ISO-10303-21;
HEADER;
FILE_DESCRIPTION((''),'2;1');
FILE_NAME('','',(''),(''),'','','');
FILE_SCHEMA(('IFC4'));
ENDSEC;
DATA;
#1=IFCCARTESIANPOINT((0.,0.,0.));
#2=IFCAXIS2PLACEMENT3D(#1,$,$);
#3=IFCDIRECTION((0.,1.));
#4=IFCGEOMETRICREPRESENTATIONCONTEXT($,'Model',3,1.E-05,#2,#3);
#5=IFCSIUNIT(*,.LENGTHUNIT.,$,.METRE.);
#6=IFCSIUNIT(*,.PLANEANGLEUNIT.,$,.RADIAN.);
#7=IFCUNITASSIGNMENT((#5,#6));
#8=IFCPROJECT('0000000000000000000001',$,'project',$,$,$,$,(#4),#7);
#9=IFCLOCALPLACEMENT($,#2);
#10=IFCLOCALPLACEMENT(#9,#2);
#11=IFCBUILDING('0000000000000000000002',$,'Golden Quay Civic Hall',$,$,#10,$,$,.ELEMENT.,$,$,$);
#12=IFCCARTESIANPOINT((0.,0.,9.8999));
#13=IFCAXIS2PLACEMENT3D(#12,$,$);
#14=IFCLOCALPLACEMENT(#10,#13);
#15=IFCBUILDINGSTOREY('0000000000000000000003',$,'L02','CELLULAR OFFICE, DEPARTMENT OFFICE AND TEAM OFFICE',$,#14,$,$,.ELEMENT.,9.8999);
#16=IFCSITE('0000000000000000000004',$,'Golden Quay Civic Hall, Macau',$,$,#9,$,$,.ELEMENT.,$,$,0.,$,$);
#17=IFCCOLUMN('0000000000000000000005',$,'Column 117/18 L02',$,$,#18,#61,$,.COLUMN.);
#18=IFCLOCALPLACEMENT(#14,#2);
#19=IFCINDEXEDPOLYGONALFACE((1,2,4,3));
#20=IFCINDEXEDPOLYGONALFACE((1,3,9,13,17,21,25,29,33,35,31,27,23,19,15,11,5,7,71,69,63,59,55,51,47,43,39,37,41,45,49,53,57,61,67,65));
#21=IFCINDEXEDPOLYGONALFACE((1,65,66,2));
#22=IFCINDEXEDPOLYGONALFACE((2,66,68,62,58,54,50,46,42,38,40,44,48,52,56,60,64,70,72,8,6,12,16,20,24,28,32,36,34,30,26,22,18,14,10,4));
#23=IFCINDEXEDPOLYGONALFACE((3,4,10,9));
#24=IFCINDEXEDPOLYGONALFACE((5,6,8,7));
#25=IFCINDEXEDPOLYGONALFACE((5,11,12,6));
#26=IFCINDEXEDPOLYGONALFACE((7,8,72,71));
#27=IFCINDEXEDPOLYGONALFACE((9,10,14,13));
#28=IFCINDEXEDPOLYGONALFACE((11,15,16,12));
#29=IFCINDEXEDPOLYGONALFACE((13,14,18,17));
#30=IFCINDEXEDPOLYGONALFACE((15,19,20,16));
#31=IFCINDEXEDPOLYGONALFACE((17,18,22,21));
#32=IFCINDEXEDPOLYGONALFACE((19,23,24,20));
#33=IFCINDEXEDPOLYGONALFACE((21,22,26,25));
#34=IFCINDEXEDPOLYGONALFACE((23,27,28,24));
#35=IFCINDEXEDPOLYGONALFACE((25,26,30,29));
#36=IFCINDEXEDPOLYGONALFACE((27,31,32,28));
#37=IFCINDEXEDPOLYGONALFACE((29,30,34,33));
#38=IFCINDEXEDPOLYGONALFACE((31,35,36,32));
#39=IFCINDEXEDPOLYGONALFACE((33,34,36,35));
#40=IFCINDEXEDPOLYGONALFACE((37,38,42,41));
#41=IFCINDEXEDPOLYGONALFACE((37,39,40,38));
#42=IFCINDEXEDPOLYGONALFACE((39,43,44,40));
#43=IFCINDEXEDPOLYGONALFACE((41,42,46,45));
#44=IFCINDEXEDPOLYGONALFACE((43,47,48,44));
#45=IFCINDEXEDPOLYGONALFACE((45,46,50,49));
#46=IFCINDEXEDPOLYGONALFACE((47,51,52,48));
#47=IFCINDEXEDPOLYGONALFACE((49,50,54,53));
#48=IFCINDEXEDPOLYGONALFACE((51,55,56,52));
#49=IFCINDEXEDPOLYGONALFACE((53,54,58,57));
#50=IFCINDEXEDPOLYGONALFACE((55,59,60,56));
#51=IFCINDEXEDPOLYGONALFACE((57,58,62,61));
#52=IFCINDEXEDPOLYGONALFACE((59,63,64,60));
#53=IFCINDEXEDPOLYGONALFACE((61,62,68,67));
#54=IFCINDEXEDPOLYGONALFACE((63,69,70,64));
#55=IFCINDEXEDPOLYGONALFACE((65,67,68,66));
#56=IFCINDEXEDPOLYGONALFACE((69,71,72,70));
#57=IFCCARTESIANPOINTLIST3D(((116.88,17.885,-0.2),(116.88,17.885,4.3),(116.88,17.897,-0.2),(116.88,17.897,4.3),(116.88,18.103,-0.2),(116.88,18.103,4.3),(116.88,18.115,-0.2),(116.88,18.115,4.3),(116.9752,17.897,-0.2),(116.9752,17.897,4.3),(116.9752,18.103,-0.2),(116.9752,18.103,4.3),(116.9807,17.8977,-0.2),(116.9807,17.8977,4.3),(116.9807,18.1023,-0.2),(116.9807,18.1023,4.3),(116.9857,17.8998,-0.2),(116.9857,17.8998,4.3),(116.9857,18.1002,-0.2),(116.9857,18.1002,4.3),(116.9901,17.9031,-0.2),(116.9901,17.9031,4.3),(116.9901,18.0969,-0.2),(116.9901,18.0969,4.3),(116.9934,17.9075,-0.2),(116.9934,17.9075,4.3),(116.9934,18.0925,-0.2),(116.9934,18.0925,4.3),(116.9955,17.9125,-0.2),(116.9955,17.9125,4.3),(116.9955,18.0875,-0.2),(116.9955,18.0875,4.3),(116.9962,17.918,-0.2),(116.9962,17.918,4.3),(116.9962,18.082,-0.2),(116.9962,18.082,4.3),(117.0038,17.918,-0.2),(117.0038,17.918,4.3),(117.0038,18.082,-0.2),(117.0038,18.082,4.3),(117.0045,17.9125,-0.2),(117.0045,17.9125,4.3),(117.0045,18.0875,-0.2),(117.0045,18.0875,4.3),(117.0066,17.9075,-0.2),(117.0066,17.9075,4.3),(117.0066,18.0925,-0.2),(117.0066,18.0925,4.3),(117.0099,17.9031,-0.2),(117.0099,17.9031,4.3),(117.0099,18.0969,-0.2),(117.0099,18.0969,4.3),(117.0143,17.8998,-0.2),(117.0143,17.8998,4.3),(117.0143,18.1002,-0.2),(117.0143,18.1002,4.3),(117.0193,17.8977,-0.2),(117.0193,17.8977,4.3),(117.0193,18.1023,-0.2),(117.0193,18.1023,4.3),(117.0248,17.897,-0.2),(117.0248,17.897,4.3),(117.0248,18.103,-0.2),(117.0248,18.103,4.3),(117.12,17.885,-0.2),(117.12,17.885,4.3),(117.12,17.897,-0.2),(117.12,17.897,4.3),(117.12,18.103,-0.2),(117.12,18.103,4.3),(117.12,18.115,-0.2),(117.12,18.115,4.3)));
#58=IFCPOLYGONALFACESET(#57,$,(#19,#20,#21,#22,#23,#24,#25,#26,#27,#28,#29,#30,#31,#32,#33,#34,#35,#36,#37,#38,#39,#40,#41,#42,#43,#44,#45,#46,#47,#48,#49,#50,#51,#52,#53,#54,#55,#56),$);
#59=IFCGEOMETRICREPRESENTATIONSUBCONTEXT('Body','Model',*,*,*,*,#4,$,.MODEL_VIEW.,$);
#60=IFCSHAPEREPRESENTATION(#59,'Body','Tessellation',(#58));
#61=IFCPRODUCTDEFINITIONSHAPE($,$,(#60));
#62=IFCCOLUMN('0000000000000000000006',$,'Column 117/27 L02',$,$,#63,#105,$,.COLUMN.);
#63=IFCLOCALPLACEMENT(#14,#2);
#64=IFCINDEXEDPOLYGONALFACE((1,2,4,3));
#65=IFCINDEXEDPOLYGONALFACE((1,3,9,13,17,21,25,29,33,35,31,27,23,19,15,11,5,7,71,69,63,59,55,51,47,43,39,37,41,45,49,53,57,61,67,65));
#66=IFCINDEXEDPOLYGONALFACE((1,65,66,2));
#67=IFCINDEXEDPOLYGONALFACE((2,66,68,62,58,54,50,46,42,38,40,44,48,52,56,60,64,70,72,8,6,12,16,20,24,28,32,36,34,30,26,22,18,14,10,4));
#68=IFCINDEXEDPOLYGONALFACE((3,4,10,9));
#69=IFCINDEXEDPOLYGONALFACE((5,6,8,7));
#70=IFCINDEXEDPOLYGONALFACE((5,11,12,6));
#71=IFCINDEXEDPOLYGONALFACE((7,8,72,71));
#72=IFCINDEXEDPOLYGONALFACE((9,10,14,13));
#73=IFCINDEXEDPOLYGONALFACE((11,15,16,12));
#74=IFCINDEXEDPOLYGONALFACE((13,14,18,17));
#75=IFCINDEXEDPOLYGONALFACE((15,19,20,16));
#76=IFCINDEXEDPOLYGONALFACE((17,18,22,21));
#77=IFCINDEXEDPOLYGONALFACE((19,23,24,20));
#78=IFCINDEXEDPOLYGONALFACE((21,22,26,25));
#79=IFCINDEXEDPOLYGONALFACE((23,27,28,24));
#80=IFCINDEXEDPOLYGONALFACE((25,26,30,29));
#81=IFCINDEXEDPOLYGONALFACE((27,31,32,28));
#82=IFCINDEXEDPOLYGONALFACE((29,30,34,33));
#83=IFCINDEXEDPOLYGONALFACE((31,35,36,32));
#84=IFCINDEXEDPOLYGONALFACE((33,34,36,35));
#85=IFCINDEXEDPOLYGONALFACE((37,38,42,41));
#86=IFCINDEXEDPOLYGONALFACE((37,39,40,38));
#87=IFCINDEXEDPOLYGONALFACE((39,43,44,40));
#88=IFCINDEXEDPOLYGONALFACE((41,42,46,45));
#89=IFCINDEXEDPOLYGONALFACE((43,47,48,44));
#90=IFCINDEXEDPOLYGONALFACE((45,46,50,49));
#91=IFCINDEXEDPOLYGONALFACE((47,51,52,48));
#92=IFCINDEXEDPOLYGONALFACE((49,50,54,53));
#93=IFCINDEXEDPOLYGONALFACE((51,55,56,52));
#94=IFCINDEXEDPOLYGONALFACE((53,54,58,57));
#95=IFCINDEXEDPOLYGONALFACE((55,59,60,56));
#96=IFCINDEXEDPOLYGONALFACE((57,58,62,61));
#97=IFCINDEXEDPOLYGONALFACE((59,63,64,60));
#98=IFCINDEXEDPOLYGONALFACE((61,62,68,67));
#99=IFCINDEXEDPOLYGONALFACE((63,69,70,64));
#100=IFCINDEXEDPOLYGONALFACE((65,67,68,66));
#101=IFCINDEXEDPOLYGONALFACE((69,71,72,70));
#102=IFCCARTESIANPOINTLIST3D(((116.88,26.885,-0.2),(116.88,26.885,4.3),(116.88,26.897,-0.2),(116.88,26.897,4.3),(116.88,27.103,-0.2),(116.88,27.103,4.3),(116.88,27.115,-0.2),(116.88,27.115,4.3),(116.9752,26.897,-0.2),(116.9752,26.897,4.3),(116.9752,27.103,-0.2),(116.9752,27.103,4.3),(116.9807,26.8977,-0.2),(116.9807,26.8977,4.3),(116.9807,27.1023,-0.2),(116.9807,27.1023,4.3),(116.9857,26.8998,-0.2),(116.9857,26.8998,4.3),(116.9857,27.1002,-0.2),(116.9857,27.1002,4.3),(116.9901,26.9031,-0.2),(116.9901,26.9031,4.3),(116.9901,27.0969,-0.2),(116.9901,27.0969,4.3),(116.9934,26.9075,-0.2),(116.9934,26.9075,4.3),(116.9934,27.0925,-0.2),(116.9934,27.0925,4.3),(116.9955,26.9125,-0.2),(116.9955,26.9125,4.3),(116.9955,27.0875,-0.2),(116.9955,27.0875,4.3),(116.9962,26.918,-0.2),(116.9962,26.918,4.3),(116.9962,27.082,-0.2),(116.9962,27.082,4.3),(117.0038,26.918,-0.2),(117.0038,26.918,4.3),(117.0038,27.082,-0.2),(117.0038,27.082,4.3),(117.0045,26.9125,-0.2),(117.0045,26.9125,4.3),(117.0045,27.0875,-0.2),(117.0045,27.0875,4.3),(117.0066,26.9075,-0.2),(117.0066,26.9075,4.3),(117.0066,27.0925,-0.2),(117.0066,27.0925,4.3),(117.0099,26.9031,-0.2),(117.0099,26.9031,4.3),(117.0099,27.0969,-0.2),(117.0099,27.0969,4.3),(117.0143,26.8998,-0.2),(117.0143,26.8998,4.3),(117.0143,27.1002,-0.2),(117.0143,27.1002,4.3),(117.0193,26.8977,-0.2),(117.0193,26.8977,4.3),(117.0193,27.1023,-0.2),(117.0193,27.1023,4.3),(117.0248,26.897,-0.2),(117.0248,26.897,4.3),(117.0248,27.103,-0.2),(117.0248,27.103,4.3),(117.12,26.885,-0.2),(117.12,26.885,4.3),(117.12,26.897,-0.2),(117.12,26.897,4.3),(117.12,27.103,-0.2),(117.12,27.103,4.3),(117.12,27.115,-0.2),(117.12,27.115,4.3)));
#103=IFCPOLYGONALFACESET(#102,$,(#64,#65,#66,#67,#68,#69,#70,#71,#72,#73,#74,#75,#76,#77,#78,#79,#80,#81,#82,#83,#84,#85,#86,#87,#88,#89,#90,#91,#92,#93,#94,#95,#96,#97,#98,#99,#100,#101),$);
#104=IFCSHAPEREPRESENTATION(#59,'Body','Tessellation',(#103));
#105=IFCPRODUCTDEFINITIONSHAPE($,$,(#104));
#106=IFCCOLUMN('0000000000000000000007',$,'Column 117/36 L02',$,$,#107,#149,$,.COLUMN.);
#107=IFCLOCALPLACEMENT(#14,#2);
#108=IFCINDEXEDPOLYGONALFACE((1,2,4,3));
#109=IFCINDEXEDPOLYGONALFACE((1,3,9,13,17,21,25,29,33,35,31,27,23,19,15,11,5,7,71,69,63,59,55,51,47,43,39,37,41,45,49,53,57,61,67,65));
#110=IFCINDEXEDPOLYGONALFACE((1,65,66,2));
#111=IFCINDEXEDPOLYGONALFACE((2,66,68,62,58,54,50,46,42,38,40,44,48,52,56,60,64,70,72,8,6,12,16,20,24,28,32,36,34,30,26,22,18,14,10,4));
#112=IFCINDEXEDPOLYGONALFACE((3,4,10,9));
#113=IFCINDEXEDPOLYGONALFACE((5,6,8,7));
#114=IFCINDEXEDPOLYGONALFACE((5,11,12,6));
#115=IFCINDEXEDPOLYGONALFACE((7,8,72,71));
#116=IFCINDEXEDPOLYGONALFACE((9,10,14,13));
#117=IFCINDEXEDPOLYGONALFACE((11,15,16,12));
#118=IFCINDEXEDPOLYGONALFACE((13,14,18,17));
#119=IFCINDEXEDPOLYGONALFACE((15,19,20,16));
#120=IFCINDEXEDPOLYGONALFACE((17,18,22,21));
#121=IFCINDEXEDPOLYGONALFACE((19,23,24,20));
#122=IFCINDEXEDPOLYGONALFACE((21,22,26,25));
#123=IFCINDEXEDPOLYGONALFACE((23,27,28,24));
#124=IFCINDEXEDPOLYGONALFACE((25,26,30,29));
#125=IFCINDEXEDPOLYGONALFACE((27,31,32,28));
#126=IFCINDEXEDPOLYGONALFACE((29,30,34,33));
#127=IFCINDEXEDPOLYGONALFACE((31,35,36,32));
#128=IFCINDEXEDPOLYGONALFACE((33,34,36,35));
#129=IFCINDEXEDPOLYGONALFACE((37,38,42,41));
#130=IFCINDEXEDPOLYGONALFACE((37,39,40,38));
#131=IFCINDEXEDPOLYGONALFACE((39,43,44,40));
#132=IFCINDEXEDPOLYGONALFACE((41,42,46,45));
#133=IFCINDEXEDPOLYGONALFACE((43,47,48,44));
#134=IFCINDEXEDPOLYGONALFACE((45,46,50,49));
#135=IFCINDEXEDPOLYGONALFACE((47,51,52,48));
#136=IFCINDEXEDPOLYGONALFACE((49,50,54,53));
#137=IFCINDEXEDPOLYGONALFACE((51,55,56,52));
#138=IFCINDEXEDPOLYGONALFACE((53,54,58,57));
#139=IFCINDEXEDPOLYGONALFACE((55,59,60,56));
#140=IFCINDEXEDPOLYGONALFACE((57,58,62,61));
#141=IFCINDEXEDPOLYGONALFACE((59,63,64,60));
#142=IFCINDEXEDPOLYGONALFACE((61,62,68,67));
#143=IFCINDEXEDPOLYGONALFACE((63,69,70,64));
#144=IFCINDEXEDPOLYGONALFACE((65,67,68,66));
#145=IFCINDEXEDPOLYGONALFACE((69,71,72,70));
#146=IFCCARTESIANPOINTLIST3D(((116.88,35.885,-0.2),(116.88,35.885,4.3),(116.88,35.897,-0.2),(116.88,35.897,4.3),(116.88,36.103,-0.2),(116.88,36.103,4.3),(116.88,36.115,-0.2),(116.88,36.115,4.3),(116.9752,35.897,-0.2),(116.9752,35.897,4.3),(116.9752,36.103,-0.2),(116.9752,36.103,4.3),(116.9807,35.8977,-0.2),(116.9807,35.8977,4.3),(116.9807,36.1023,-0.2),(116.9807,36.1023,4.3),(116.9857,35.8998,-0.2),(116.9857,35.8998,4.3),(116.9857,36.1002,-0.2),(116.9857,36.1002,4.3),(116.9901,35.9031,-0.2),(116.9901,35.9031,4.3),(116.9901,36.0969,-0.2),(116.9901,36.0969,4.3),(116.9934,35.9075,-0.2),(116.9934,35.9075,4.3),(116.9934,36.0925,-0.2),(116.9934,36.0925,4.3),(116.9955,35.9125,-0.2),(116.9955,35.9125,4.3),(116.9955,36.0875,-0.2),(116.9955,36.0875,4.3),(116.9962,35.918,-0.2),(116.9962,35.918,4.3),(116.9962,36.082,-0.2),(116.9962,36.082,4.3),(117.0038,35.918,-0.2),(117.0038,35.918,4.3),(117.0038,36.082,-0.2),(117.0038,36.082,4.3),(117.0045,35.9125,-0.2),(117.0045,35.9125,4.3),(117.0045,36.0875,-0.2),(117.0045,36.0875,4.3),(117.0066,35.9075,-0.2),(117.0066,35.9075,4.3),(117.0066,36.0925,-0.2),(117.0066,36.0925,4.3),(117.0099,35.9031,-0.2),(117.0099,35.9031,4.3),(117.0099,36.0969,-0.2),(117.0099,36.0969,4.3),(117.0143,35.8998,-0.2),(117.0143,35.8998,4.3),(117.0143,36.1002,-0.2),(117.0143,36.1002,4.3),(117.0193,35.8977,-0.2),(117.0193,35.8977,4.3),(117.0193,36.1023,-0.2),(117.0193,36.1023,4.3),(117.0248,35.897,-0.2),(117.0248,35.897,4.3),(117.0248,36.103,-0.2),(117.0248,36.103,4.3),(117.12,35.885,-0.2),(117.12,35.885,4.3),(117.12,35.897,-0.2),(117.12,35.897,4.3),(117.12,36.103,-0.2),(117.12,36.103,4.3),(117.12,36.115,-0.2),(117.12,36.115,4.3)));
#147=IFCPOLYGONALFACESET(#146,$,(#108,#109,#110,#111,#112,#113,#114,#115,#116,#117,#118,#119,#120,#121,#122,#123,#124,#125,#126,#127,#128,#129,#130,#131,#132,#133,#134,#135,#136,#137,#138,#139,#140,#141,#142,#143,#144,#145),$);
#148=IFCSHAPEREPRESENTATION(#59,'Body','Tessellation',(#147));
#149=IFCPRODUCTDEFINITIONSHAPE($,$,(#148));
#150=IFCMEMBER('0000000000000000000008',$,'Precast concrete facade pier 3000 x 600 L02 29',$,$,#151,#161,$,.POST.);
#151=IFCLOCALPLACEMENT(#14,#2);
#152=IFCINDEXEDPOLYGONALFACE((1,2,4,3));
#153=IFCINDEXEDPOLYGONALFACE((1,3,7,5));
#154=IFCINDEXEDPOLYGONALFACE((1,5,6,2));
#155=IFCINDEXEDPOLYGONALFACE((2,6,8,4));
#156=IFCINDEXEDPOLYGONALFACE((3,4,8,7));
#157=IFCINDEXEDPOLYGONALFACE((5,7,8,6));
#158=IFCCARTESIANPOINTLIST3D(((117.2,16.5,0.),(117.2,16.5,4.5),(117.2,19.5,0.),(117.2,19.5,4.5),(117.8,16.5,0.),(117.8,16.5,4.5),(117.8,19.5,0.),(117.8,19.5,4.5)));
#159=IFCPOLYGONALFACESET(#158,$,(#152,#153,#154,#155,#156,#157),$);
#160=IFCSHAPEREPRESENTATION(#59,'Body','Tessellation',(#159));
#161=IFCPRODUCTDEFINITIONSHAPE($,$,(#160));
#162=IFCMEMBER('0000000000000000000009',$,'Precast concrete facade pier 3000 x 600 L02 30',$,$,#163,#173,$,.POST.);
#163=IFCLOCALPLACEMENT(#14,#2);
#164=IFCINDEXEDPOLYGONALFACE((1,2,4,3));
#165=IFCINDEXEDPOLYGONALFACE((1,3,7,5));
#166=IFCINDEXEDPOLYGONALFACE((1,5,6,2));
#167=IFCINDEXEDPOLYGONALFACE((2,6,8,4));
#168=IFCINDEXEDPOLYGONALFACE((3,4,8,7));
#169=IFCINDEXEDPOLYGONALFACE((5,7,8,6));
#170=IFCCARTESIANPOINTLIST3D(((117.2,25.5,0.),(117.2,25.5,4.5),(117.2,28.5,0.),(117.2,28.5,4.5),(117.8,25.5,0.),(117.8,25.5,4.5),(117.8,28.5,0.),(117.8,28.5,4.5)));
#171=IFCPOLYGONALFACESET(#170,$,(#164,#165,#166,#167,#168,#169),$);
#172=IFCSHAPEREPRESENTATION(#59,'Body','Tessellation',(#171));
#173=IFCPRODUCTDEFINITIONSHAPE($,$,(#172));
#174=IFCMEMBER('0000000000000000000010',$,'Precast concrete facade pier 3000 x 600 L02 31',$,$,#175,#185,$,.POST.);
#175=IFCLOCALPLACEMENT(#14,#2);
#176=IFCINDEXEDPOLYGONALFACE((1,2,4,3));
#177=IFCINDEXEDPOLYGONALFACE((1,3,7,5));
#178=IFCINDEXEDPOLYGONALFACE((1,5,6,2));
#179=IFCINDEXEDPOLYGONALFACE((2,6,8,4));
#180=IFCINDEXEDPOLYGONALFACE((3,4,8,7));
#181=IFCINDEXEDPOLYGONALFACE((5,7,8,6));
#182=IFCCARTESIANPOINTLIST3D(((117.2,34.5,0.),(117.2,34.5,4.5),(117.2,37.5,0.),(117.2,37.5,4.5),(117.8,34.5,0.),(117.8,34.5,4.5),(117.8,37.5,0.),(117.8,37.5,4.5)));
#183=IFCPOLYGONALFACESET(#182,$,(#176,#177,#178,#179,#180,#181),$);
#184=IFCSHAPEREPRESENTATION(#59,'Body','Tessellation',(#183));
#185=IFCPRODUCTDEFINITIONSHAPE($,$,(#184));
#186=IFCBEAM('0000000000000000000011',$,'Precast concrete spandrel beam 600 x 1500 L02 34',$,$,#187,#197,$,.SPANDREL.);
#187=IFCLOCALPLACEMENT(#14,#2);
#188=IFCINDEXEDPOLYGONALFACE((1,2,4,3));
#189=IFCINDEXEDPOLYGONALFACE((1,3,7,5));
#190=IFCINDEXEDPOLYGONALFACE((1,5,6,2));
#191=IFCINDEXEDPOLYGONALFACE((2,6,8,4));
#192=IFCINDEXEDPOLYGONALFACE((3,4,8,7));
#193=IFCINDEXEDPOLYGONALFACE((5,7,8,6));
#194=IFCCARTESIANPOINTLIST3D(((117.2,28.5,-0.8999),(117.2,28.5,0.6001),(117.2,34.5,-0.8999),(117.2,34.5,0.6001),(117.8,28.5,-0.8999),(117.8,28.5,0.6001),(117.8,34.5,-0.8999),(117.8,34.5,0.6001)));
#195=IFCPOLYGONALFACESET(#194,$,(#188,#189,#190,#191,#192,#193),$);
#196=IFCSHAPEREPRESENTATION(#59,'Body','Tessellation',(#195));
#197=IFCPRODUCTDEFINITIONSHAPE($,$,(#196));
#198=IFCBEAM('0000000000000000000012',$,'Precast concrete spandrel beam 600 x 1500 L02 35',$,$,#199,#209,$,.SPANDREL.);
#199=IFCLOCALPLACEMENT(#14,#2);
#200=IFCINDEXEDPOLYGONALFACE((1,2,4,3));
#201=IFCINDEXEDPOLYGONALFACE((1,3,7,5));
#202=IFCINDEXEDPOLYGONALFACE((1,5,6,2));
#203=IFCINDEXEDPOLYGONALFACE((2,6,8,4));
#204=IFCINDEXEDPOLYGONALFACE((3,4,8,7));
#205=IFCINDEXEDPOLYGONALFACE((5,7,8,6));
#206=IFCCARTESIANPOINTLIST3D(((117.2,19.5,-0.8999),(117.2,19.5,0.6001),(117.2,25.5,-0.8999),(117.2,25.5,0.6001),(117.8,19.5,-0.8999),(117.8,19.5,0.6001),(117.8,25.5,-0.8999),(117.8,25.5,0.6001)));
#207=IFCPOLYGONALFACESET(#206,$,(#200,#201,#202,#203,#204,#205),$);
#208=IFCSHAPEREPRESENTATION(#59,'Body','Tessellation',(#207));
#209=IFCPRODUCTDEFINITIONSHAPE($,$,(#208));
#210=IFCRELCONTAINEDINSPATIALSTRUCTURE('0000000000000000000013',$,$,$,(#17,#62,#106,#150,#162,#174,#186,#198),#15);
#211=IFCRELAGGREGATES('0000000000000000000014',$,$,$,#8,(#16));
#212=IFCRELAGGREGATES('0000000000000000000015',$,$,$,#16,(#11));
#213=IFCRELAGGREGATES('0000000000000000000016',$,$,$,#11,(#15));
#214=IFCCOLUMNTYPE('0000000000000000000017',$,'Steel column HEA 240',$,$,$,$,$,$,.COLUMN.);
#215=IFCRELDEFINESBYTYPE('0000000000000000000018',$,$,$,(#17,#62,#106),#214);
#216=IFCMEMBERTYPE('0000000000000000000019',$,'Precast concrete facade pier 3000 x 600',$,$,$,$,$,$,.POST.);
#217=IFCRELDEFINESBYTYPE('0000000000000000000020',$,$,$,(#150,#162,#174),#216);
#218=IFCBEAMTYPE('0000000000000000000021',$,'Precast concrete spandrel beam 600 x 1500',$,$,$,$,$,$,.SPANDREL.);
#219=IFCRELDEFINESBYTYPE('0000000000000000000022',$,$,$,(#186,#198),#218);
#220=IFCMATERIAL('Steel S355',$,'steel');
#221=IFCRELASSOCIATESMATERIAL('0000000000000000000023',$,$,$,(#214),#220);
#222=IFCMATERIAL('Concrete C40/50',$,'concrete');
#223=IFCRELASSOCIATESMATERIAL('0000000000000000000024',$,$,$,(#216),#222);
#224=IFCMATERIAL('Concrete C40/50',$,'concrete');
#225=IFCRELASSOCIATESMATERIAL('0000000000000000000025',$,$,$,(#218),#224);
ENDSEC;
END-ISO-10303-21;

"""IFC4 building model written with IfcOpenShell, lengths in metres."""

from ifc_helpers import new_model, si_unit, direction, frame, origin, origin_2d, place, context, subcontext, project, spatial, rectangle, i_section, extrude, material, material_profile, profile_set, type_object, element, save


model = new_model("IFC4")

# Units and contexts
model_context = context("Model", 3, precision=1e-05, world=origin(), true_north=direction((0.0, 1.0)))
body_context = subcontext(model_context, "Body", "Model", "MODEL_VIEW")
ifc_project = project(units=[si_unit("LENGTHUNIT", "METRE"), si_unit("PLANEANGLEUNIT", "RADIAN")], contexts=[model_context])

# Site, building, storey
site_placement = place(None, origin())
site = spatial("IfcSite", under=ifc_project, at=site_placement, Name="Golden Quay Civic Hall, Macau", CompositionType="ELEMENT", RefElevation=0.0)
building_placement = place(site_placement, origin())
building = spatial("IfcBuilding", under=site, at=building_placement, Name="Golden Quay Civic Hall", CompositionType="ELEMENT")
storey_placement = place(building_placement, frame((0.0, 0.0, 9.8999)))
storey = spatial("IfcBuildingStorey", under=building, at=storey_placement, Name="L02", Description="CELLULAR OFFICE, DEPARTMENT OFFICE AND TEAM OFFICE", CompositionType="ELEMENT", Elevation=9.8999)

# Columns
ifc_material_1 = material(Name="Steel S355", Category="steel")
ifc_material_profile_1 = material_profile(ifc_material_1, i_section(OverallWidth=0.24, OverallDepth=0.23, WebThickness=0.0076, FlangeThickness=0.012, FilletRadius=0.021, at=origin_2d()), Name="HEA 240")
ifc_profile_set_1 = profile_set([ifc_material_profile_1], Name="Steel S355")
column_type = type_object("IfcColumnType", Name="Steel column HEA 240", PredefinedType="COLUMN", material=ifc_profile_set_1)
for number, where, z_axis, x_axis, name in (
    (1, (117.0, 18.0, -0.2), (0.0, 0.0, 1.0), (1.0, 0.0, 0.0), "Column 117/18 L02"),
    (2, (117.0, 27.0, -0.2), (0.0, 0.0, 1.0), (1.0, 0.0, 0.0), "Column 117/27 L02"),
    (3, (117.0, 36.0, -0.2), (0.0, 0.0, 1.0), (1.0, 0.0, 0.0), "Column 117/36 L02"),
):
    element("IfcColumn", number, at=place(storey_placement, frame(where, z_axis=z_axis, x_axis=x_axis)), inside=storey, type_object=column_type, Name=name, PredefinedType="COLUMN", context=body_context, shape_type="SweptSolid", body=[
        extrude(i_section(OverallWidth=0.24, OverallDepth=0.23, WebThickness=0.0076, FlangeThickness=0.012, FilletRadius=0.021, at=origin_2d()), origin(), (0.0, 0.0, 1.0), 4.5),
    ])

# Members
ifc_material_2 = material(Name="Concrete C40/50", Category="concrete")
ifc_material_profile_2 = material_profile(ifc_material_2, rectangle(XDim=3.0, YDim=0.6001, at=origin_2d()), Name="RC 3000x600")
ifc_profile_set_2 = profile_set([ifc_material_profile_2], Name="Concrete C40/50")
member_type = type_object("IfcMemberType", Name="Precast concrete facade pier 3000 x 600", PredefinedType="POST", material=ifc_profile_set_2)
for number, where, z_axis, x_axis, name in (
    (4, (117.5, 18.0, 0.0), (0.0, 0.0, 1.0), (0.0, 1.0, 0.0), "Precast concrete facade pier 3000 x 600 L02 29"),
    (5, (117.5, 27.0, 0.0), (0.0, 0.0, 1.0), (0.0, 1.0, 0.0), "Precast concrete facade pier 3000 x 600 L02 30"),
    (6, (117.5, 36.0, 0.0), (0.0, 0.0, 1.0), (0.0, 1.0, 0.0), "Precast concrete facade pier 3000 x 600 L02 31"),
):
    element("IfcMember", number, at=place(storey_placement, frame(where, z_axis=z_axis, x_axis=x_axis)), inside=storey, type_object=member_type, Name=name, PredefinedType="POST", context=body_context, shape_type="SweptSolid", body=[
        extrude(rectangle(XDim=3.0, YDim=0.6001, at=origin_2d()), origin(), (0.0, 0.0, 1.0), 4.5),
    ])

# Beams
ifc_material_3 = material(Name="Concrete C40/50", Category="concrete")
ifc_material_profile_3 = material_profile(ifc_material_3, rectangle(XDim=0.6001, YDim=1.5, at=origin_2d()), Name="RC 600x1500")
ifc_profile_set_3 = profile_set([ifc_material_profile_3], Name="Concrete C40/50")
beam_type_1 = type_object("IfcBeamType", Name="Precast concrete spandrel beam 600 x 1500", PredefinedType="SPANDREL", material=ifc_profile_set_3)
for number, where, z_axis, x_axis, name in (
    (7, (117.5, 28.5, -0.1499), (0.0, 1.0, 0.0), (-1.0, 0.0, 0.0), "Precast concrete spandrel beam 600 x 1500 L02 34"),
    (8, (117.5, 19.5, -0.1499), (0.0, 1.0, 0.0), (-1.0, 0.0, 0.0), "Precast concrete spandrel beam 600 x 1500 L02 35"),
):
    element("IfcBeam", number, at=place(storey_placement, frame(where, z_axis=z_axis, x_axis=x_axis)), inside=storey, type_object=beam_type_1, Name=name, PredefinedType="SPANDREL", context=body_context, shape_type="SweptSolid", body=[
        extrude(rectangle(XDim=0.6001, YDim=1.5, at=origin_2d()), origin(), (0.0, 0.0, 1.0), 6.0),
    ])

save(model, "model.ifc")
